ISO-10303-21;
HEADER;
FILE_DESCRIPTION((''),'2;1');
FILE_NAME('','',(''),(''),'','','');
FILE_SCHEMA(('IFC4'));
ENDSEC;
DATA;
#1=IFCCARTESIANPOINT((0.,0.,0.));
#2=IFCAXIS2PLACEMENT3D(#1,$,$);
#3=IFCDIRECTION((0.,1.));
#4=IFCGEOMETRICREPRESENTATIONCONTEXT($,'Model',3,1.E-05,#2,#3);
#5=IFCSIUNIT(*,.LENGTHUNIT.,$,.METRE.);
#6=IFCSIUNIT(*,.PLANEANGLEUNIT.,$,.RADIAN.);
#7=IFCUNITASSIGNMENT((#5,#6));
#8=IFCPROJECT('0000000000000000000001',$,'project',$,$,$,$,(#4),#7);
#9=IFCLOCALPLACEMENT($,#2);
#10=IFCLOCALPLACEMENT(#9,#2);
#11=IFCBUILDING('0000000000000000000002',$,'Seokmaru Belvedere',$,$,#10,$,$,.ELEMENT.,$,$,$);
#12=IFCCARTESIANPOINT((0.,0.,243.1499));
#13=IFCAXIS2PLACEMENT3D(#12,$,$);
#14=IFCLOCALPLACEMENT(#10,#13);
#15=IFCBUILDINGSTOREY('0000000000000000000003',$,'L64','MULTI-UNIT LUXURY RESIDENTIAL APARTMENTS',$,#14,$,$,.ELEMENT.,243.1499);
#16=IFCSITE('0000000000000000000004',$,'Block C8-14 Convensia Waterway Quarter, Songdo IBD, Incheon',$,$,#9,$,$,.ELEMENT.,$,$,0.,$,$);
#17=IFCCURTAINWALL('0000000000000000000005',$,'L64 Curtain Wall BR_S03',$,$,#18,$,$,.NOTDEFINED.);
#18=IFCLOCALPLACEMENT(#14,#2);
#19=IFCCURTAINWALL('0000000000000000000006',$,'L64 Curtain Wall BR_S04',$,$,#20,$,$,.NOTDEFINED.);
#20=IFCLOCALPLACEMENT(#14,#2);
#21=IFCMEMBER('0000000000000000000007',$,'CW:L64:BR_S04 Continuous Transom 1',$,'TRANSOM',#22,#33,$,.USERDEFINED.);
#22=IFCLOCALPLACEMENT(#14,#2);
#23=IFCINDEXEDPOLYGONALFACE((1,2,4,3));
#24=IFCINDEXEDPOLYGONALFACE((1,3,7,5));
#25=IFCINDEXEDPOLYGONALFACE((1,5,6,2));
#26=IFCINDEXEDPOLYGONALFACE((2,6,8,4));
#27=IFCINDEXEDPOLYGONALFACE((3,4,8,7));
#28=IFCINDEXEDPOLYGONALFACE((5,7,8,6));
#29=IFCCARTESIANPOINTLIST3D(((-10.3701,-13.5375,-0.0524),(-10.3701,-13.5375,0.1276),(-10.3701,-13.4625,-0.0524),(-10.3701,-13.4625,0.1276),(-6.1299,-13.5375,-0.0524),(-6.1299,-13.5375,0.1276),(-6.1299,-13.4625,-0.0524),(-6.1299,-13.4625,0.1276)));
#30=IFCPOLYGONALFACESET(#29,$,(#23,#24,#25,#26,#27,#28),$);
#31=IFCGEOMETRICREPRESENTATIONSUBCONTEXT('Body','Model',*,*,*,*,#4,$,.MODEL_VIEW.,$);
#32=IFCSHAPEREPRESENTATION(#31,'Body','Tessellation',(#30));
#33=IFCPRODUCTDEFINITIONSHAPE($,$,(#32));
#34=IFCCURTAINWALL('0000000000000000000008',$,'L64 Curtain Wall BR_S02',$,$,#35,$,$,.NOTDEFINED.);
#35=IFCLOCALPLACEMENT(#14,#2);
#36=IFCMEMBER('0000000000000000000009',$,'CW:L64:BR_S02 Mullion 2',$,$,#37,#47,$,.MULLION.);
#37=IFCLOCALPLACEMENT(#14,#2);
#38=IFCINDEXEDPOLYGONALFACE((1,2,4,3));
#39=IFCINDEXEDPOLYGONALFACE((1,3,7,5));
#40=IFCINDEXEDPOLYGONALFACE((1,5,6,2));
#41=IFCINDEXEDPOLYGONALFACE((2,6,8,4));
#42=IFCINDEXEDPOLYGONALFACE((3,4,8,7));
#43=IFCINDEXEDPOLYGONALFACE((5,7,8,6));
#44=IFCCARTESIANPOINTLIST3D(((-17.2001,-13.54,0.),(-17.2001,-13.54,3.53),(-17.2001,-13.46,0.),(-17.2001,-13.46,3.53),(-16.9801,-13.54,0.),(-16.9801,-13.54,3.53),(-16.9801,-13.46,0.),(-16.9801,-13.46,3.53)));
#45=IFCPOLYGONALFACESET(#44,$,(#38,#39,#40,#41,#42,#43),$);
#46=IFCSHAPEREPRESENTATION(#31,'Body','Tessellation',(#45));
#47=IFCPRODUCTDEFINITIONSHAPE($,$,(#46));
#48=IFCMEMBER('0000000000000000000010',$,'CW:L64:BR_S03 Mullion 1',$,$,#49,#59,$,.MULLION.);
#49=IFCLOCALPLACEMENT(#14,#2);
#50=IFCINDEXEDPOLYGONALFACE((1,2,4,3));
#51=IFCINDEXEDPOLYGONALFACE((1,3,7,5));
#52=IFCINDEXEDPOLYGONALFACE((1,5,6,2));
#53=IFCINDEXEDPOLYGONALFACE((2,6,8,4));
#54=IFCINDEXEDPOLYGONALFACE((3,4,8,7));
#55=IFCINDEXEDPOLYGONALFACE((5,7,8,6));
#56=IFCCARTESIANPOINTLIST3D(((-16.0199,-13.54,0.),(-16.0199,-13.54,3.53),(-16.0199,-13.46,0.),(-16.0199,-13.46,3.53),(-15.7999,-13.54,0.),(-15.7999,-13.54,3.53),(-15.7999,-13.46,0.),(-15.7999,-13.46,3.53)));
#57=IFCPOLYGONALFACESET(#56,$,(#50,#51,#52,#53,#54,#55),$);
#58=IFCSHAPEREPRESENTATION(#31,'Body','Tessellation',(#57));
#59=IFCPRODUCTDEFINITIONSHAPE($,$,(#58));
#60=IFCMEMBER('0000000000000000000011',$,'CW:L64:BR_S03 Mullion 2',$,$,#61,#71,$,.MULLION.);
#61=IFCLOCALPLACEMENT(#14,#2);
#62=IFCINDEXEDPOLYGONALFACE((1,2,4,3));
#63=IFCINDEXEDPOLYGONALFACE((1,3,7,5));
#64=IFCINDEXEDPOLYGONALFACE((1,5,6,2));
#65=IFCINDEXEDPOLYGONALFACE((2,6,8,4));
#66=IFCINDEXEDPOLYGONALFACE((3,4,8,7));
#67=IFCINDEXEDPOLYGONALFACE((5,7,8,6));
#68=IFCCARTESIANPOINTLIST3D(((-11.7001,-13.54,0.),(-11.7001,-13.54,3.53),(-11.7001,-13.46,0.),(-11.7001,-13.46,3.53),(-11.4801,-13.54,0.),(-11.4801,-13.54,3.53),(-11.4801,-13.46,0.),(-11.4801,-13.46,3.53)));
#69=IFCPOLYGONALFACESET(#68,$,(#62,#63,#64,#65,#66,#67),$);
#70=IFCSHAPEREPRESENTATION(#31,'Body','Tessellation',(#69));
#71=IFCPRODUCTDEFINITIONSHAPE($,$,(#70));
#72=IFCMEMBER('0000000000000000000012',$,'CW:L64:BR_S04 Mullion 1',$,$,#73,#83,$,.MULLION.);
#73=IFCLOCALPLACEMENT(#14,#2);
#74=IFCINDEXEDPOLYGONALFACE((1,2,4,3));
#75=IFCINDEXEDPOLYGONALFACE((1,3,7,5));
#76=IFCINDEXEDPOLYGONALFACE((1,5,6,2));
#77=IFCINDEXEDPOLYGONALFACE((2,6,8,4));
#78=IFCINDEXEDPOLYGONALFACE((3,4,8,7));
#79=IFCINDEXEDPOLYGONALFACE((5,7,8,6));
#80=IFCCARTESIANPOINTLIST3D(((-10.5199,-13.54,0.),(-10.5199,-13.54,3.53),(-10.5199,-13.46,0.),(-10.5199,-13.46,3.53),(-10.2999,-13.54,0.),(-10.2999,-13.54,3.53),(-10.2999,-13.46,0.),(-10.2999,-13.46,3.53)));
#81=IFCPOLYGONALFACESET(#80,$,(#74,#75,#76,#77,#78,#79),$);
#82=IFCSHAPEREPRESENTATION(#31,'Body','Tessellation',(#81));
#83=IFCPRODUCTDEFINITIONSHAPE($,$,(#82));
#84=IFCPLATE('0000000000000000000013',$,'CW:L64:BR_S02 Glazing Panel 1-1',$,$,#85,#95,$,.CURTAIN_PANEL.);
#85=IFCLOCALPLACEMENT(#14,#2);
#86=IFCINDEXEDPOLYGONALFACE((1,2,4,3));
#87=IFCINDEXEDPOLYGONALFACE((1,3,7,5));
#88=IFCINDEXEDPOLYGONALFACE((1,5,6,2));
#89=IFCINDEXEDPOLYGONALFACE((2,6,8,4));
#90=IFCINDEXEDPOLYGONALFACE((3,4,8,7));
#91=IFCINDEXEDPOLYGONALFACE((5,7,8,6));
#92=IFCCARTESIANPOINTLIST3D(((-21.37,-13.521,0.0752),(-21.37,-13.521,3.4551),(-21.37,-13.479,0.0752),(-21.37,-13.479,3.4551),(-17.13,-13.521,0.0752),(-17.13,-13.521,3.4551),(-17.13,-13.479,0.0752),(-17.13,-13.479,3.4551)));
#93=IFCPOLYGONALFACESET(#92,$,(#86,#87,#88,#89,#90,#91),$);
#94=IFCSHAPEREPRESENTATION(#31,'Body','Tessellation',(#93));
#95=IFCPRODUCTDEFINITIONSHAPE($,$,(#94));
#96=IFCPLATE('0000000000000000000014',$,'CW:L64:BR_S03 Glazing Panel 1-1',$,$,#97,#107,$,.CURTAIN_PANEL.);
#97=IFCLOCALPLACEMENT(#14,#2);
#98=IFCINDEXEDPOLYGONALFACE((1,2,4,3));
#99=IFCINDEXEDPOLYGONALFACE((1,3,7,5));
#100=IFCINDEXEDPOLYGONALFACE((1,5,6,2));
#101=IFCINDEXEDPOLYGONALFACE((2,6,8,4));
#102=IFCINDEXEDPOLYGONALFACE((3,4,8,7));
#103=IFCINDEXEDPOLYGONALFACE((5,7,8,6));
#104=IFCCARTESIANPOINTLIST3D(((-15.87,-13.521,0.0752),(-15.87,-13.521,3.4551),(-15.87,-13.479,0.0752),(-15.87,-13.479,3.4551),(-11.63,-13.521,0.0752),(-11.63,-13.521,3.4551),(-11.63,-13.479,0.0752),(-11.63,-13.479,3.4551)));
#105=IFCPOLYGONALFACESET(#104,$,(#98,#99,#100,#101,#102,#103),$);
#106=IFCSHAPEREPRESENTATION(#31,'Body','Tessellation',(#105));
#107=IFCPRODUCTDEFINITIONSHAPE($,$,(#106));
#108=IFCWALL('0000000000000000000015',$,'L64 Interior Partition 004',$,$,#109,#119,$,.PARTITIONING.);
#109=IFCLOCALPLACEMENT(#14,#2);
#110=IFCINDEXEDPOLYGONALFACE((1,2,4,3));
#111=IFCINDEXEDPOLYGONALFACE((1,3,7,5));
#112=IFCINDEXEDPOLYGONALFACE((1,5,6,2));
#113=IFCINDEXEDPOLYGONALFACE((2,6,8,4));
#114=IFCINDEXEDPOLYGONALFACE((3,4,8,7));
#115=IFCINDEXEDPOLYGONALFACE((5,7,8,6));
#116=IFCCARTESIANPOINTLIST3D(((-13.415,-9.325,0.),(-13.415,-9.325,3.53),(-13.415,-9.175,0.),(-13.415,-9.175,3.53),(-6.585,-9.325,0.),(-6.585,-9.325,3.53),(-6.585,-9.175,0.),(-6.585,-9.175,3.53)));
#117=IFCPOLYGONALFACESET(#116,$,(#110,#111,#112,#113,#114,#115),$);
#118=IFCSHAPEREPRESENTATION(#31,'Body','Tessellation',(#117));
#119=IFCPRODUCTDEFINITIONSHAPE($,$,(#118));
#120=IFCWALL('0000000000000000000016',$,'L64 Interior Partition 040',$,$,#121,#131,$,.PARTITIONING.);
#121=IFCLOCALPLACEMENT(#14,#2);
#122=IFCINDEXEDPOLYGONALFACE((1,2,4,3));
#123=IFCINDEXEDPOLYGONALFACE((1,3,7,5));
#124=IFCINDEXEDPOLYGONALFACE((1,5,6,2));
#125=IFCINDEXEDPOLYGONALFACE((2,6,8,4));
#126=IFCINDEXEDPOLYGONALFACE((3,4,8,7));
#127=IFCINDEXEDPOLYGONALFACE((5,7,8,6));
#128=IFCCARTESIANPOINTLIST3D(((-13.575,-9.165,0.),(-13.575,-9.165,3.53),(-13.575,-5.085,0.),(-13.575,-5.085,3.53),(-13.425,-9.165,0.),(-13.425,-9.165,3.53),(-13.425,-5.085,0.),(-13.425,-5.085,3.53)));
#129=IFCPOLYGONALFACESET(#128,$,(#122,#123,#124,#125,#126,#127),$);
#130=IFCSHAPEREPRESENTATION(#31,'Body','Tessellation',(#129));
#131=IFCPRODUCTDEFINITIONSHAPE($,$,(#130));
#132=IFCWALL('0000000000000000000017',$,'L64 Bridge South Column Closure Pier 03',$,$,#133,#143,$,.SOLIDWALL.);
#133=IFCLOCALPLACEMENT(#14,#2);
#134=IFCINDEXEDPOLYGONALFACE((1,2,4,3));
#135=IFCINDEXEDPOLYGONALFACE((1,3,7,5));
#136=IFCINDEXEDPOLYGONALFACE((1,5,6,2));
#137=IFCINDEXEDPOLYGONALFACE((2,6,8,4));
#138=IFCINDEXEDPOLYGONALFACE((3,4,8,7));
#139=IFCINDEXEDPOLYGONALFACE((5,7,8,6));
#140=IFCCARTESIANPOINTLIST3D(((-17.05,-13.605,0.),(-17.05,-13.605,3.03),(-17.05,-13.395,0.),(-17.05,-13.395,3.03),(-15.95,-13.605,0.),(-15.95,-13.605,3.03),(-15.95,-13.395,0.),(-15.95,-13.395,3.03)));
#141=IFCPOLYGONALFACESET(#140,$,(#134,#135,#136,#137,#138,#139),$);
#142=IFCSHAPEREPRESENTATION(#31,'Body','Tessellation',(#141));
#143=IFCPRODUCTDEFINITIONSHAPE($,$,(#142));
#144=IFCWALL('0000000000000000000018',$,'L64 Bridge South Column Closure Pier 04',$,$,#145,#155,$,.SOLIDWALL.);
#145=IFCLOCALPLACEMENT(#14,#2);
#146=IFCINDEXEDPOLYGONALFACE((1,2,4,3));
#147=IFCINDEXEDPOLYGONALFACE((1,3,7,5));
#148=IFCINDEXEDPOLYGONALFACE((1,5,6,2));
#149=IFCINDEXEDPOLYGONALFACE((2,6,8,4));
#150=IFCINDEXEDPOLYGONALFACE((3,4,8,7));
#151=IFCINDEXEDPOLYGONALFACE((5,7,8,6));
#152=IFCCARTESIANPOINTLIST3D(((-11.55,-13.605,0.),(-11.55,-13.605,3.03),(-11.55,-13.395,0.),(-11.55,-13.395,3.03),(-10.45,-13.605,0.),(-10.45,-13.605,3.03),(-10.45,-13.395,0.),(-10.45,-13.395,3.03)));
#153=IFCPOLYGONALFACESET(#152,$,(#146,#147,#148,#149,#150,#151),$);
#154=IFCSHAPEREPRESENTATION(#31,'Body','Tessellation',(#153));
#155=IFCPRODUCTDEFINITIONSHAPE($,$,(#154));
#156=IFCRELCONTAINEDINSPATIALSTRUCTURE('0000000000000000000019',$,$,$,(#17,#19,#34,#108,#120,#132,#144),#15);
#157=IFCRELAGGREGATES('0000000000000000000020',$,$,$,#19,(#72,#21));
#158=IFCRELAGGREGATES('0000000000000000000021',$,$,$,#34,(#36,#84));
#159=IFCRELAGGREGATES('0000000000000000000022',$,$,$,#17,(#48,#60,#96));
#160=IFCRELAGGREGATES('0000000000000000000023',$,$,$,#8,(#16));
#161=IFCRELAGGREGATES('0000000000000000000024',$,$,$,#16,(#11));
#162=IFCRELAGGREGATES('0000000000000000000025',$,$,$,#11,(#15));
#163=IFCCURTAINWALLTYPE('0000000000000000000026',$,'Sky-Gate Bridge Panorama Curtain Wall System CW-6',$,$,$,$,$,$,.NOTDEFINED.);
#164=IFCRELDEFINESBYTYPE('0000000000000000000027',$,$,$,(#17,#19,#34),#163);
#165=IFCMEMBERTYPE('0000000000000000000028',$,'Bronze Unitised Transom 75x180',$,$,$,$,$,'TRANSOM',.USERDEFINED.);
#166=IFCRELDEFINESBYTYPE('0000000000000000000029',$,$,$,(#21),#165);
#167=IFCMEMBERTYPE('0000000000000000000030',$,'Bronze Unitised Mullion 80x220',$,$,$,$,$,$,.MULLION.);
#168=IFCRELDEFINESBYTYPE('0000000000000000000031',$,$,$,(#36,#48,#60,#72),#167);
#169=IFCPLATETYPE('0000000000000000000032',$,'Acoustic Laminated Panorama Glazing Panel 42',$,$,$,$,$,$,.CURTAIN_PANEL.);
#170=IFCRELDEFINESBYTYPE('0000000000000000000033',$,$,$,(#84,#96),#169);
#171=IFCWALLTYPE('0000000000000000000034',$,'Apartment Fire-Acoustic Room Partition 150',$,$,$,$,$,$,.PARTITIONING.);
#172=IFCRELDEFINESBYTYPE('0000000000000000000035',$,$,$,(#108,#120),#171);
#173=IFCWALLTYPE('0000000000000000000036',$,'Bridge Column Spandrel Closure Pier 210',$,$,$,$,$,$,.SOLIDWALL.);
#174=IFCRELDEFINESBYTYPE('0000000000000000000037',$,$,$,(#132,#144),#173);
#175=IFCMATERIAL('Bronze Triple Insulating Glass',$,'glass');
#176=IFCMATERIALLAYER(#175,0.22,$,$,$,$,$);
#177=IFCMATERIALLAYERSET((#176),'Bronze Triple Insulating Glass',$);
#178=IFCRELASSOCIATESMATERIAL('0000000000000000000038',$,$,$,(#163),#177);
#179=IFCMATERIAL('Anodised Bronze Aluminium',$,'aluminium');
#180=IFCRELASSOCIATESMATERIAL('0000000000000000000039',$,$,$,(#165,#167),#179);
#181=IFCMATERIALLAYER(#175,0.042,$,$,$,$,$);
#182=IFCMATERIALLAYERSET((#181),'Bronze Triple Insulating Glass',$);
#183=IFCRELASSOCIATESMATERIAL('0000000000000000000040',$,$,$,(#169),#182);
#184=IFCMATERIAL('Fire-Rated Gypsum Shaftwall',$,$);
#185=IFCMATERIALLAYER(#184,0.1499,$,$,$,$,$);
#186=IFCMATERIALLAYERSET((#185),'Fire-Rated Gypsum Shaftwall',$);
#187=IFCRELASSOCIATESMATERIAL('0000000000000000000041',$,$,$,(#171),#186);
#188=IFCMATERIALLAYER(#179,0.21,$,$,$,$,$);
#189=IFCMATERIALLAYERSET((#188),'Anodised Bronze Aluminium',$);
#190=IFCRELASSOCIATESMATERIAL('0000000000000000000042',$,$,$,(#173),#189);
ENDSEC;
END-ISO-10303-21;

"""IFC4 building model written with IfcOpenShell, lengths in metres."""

from ifc_helpers import new_model, si_unit, direction, frame, frame_2d, origin, origin_2d, place, context, subcontext, project, spatial, rectangle, extrude, source, transform, mapped, material, layer, layer_set, material_profile, profile_set, type_object, type_shapes, element, aggregate, save


model = new_model("IFC4")

# Units and contexts
model_context = context("Model", 3, precision=1e-05, world=origin(), true_north=direction((0.0, 1.0)))
body_context = subcontext(model_context, "Body", "Model", "MODEL_VIEW")
ifc_project = project(units=[si_unit("LENGTHUNIT", "METRE"), si_unit("PLANEANGLEUNIT", "RADIAN")], contexts=[model_context])

# Site, building, storey
site_placement = place(None, origin())
site = spatial("IfcSite", under=ifc_project, at=site_placement, Name="Block C8-14 Convensia Waterway Quarter, Songdo IBD, Incheon", CompositionType="ELEMENT", RefElevation=0.0)
building_placement = place(site_placement, origin())
building = spatial("IfcBuilding", under=site, at=building_placement, Name="Seokmaru Belvedere", CompositionType="ELEMENT")
storey_placement = place(building_placement, frame((0.0, 0.0, 243.1499)))
storey = spatial("IfcBuildingStorey", under=building, at=storey_placement, Name="L64", Description="MULTI-UNIT LUXURY RESIDENTIAL APARTMENTS", CompositionType="ELEMENT", Elevation=243.1499)

# Curtain wall
ifc_material_1 = material(Name="Bronze Triple Insulating Glass", Category="glass")
ifc_layer_1 = layer(ifc_material_1, 0.22)
ifc_layer_set_1 = layer_set([ifc_layer_1], Name="Bronze Triple Insulating Glass")
curtain_wall_type = type_object("IfcCurtainWallType", Name="Sky-Gate Bridge Panorama Curtain Wall System CW-6", PredefinedType="NOTDEFINED", material=ifc_layer_set_1)
curtain_wall_1_placement = place(storey_placement, origin())
curtain_wall_1 = element("IfcCurtainWall", 1, at=curtain_wall_1_placement, inside=storey, type_object=curtain_wall_type, Name="L64 Curtain Wall BR_S03", PredefinedType="NOTDEFINED")
ifc_material_2 = material(Name="Anodised Bronze Aluminium", Category="aluminium")
ifc_material_profile_1 = material_profile(ifc_material_2, rectangle(XDim=0.075, YDim=0.1799, at=origin_2d()), Name="CW-T-75x180")
ifc_profile_set_1 = profile_set([ifc_material_profile_1], Name="Anodised Bronze Aluminium")
member_type_1 = type_object("IfcMemberType", Name="Bronze Unitised Transom 75x180", ElementType="TRANSOM", PredefinedType="USERDEFINED", material=ifc_profile_set_1)
shared_shape_1 = source(origin(), body_context, "Body", "SweptSolid", [
    extrude(rectangle(XDim=0.075, YDim=0.1799, at=origin_2d()), origin(), (0.0, 0.0, 1.0), 4.2402),
])
type_shapes(member_type_1, [shared_shape_1])

# Curtain walls, members
curtain_wall_2_placement = place(storey_placement, origin())
curtain_wall_2 = element("IfcCurtainWall", 2, at=curtain_wall_2_placement, inside=storey, type_object=curtain_wall_type, Name="L64 Curtain Wall BR_S04", PredefinedType="NOTDEFINED")
member_1_placement = place(storey_placement, frame((-10.3701, -13.5, 0.0376), z_axis=(1.0, 0.0, 0.0), x_axis=(0.0, 1.0, 0.0)))
member_1 = element("IfcMember", 3, at=member_1_placement, type_object=member_type_1, Name="CW:L64:BR_S04 Continuous Transom 1", ObjectType="TRANSOM", PredefinedType="USERDEFINED", context=body_context, shape_type="MappedRepresentation", body=[
    mapped(shared_shape_1, transform((0.0, 0.0, 0.0), scale=1.0)),
])
curtain_wall_3_placement = place(storey_placement, origin())
curtain_wall_3 = element("IfcCurtainWall", 4, at=curtain_wall_3_placement, inside=storey, type_object=curtain_wall_type, Name="L64 Curtain Wall BR_S02", PredefinedType="NOTDEFINED")
ifc_material_profile_2 = material_profile(ifc_material_2, rectangle(XDim=0.0801, YDim=0.22, at=origin_2d()), Name="CW-M-80x220")
ifc_profile_set_2 = profile_set([ifc_material_profile_2], Name="Anodised Bronze Aluminium")
member_type_2 = type_object("IfcMemberType", Name="Bronze Unitised Mullion 80x220", PredefinedType="MULLION", material=ifc_profile_set_2)
shared_shape_2 = source(origin(), body_context, "Body", "SweptSolid", [
    extrude(rectangle(XDim=0.0801, YDim=0.22, at=origin_2d()), origin(), (0.0, 0.0, 1.0), 3.53),
])
type_shapes(member_type_2, [shared_shape_2])
member_2_placement = place(storey_placement, frame((-17.0901, -13.5, 0.0), z_axis=(0.0, 0.0, 1.0), x_axis=(0.0, 1.0, 0.0)))
member_2 = element("IfcMember", 5, at=member_2_placement, type_object=member_type_2, Name="CW:L64:BR_S02 Mullion 2", PredefinedType="MULLION", context=body_context, shape_type="MappedRepresentation", body=[
    mapped(shared_shape_2, transform((0.0, 0.0, 0.0), scale=1.0)),
])

# Members
member_3_placement = place(storey_placement, frame((-15.9099, -13.5, 0.0), z_axis=(0.0, 0.0, 1.0), x_axis=(0.0, 1.0, 0.0)))
member_3 = element("IfcMember", 6, at=member_3_placement, type_object=member_type_2, Name="CW:L64:BR_S03 Mullion 1", PredefinedType="MULLION", context=body_context, shape_type="MappedRepresentation", body=[
    mapped(shared_shape_2, transform((0.0, 0.0, 0.0), scale=1.0)),
])
member_4_placement = place(storey_placement, frame((-11.5901, -13.5, 0.0), z_axis=(0.0, 0.0, 1.0), x_axis=(0.0, 1.0, 0.0)))
member_4 = element("IfcMember", 7, at=member_4_placement, type_object=member_type_2, Name="CW:L64:BR_S03 Mullion 2", PredefinedType="MULLION", context=body_context, shape_type="MappedRepresentation", body=[
    mapped(shared_shape_2, transform((0.0, 0.0, 0.0), scale=1.0)),
])
member_5_placement = place(storey_placement, frame((-10.4099, -13.5, 0.0), z_axis=(0.0, 0.0, 1.0), x_axis=(0.0, 1.0, 0.0)))
member_5 = element("IfcMember", 8, at=member_5_placement, type_object=member_type_2, Name="CW:L64:BR_S04 Mullion 1", PredefinedType="MULLION", context=body_context, shape_type="MappedRepresentation", body=[
    mapped(shared_shape_2, transform((0.0, 0.0, 0.0), scale=1.0)),
])
aggregate(curtain_wall_2, [member_5, member_1])

# Plates
ifc_layer_2 = layer(ifc_material_1, 0.042)
ifc_layer_set_2 = layer_set([ifc_layer_2], Name="Bronze Triple Insulating Glass")
plate_type = type_object("IfcPlateType", Name="Acoustic Laminated Panorama Glazing Panel 42", PredefinedType="CURTAIN_PANEL", material=ifc_layer_set_2)
shared_shape_3 = source(origin(), body_context, "Body", "SweptSolid", [
    extrude(rectangle(XDim=4.24, YDim=0.042, at=origin_2d()), origin(), (0.0, 0.0, 1.0), 3.3799),
])
type_shapes(plate_type, [shared_shape_3])
plate_1_placement = place(storey_placement, frame((-19.25, -13.5, 0.0752), z_axis=(0.0, 0.0, 1.0), x_axis=(1.0, 0.0, 0.0)))
plate_1 = element("IfcPlate", 9, at=plate_1_placement, type_object=plate_type, Name="CW:L64:BR_S02 Glazing Panel 1-1", PredefinedType="CURTAIN_PANEL", context=body_context, shape_type="MappedRepresentation", body=[
    mapped(shared_shape_3, transform((0.0, 0.0, 0.0), scale=1.0)),
])
aggregate(curtain_wall_3, [member_2, plate_1])
plate_2_placement = place(storey_placement, frame((-13.75, -13.5, 0.0752), z_axis=(0.0, 0.0, 1.0), x_axis=(1.0, 0.0, 0.0)))
plate_2 = element("IfcPlate", 10, at=plate_2_placement, type_object=plate_type, Name="CW:L64:BR_S03 Glazing Panel 1-1", PredefinedType="CURTAIN_PANEL", context=body_context, shape_type="MappedRepresentation", body=[
    mapped(shared_shape_3, transform((0.0, 0.0, 0.0), scale=1.0)),
])
aggregate(curtain_wall_1, [member_3, member_4, plate_2])

# Walls
ifc_material_3 = material(Name="Fire-Rated Gypsum Shaftwall")
ifc_layer_3 = layer(ifc_material_3, 0.1499)
ifc_layer_set_3 = layer_set([ifc_layer_3], Name="Fire-Rated Gypsum Shaftwall")
wall_type_1 = type_object("IfcWallType", Name="Apartment Fire-Acoustic Room Partition 150", PredefinedType="PARTITIONING", material=ifc_layer_set_3)
wall_1_placement = place(storey_placement, frame((-13.415, -9.25, 0.0), z_axis=(0.0, 0.0, 1.0), x_axis=(1.0, 0.0, 0.0)))
element("IfcWall", 11, at=wall_1_placement, inside=storey, type_object=wall_type_1, Name="L64 Interior Partition 004", PredefinedType="PARTITIONING", context=body_context, shape_type="SweptSolid", body=[
    extrude(rectangle(XDim=6.8301, YDim=0.1499, at=frame_2d((3.415, 0.0))), origin(), (0.0, 0.0, 1.0), 3.53),
])
wall_2_placement = place(storey_placement, frame((-13.5, -9.165, 0.0), z_axis=(0.0, 0.0, 1.0), x_axis=(0.0, 1.0, 0.0)))
element("IfcWall", 12, at=wall_2_placement, inside=storey, type_object=wall_type_1, Name="L64 Interior Partition 040", PredefinedType="PARTITIONING", context=body_context, shape_type="SweptSolid", body=[
    extrude(rectangle(XDim=4.0801, YDim=0.1499, at=frame_2d((2.04, 0.0))), origin(), (0.0, 0.0, 1.0), 3.53),
])
ifc_layer_4 = layer(ifc_material_2, 0.21)
ifc_layer_set_4 = layer_set([ifc_layer_4], Name="Anodised Bronze Aluminium")
wall_type_2 = type_object("IfcWallType", Name="Bridge Column Spandrel Closure Pier 210", PredefinedType="SOLIDWALL", material=ifc_layer_set_4)
for number, where, z_axis, x_axis, name in (
    (13, (-17.05, -13.5, 0.0), (0.0, 0.0, 1.0), (1.0, 0.0, 0.0), "L64 Bridge South Column Closure Pier 03"),
    (14, (-11.55, -13.5, 0.0), (0.0, 0.0, 1.0), (1.0, 0.0, 0.0), "L64 Bridge South Column Closure Pier 04"),
):
    element("IfcWall", number, at=place(storey_placement, frame(where, z_axis=z_axis, x_axis=x_axis)), inside=storey, type_object=wall_type_2, Name=name, PredefinedType="SOLIDWALL", context=body_context, shape_type="SweptSolid", body=[
        extrude(rectangle(XDim=1.1001, YDim=0.21, at=frame_2d((0.55, 0.0))), origin(), (0.0, 0.0, 1.0), 3.03),
    ])

save(model, "model.ifc")
